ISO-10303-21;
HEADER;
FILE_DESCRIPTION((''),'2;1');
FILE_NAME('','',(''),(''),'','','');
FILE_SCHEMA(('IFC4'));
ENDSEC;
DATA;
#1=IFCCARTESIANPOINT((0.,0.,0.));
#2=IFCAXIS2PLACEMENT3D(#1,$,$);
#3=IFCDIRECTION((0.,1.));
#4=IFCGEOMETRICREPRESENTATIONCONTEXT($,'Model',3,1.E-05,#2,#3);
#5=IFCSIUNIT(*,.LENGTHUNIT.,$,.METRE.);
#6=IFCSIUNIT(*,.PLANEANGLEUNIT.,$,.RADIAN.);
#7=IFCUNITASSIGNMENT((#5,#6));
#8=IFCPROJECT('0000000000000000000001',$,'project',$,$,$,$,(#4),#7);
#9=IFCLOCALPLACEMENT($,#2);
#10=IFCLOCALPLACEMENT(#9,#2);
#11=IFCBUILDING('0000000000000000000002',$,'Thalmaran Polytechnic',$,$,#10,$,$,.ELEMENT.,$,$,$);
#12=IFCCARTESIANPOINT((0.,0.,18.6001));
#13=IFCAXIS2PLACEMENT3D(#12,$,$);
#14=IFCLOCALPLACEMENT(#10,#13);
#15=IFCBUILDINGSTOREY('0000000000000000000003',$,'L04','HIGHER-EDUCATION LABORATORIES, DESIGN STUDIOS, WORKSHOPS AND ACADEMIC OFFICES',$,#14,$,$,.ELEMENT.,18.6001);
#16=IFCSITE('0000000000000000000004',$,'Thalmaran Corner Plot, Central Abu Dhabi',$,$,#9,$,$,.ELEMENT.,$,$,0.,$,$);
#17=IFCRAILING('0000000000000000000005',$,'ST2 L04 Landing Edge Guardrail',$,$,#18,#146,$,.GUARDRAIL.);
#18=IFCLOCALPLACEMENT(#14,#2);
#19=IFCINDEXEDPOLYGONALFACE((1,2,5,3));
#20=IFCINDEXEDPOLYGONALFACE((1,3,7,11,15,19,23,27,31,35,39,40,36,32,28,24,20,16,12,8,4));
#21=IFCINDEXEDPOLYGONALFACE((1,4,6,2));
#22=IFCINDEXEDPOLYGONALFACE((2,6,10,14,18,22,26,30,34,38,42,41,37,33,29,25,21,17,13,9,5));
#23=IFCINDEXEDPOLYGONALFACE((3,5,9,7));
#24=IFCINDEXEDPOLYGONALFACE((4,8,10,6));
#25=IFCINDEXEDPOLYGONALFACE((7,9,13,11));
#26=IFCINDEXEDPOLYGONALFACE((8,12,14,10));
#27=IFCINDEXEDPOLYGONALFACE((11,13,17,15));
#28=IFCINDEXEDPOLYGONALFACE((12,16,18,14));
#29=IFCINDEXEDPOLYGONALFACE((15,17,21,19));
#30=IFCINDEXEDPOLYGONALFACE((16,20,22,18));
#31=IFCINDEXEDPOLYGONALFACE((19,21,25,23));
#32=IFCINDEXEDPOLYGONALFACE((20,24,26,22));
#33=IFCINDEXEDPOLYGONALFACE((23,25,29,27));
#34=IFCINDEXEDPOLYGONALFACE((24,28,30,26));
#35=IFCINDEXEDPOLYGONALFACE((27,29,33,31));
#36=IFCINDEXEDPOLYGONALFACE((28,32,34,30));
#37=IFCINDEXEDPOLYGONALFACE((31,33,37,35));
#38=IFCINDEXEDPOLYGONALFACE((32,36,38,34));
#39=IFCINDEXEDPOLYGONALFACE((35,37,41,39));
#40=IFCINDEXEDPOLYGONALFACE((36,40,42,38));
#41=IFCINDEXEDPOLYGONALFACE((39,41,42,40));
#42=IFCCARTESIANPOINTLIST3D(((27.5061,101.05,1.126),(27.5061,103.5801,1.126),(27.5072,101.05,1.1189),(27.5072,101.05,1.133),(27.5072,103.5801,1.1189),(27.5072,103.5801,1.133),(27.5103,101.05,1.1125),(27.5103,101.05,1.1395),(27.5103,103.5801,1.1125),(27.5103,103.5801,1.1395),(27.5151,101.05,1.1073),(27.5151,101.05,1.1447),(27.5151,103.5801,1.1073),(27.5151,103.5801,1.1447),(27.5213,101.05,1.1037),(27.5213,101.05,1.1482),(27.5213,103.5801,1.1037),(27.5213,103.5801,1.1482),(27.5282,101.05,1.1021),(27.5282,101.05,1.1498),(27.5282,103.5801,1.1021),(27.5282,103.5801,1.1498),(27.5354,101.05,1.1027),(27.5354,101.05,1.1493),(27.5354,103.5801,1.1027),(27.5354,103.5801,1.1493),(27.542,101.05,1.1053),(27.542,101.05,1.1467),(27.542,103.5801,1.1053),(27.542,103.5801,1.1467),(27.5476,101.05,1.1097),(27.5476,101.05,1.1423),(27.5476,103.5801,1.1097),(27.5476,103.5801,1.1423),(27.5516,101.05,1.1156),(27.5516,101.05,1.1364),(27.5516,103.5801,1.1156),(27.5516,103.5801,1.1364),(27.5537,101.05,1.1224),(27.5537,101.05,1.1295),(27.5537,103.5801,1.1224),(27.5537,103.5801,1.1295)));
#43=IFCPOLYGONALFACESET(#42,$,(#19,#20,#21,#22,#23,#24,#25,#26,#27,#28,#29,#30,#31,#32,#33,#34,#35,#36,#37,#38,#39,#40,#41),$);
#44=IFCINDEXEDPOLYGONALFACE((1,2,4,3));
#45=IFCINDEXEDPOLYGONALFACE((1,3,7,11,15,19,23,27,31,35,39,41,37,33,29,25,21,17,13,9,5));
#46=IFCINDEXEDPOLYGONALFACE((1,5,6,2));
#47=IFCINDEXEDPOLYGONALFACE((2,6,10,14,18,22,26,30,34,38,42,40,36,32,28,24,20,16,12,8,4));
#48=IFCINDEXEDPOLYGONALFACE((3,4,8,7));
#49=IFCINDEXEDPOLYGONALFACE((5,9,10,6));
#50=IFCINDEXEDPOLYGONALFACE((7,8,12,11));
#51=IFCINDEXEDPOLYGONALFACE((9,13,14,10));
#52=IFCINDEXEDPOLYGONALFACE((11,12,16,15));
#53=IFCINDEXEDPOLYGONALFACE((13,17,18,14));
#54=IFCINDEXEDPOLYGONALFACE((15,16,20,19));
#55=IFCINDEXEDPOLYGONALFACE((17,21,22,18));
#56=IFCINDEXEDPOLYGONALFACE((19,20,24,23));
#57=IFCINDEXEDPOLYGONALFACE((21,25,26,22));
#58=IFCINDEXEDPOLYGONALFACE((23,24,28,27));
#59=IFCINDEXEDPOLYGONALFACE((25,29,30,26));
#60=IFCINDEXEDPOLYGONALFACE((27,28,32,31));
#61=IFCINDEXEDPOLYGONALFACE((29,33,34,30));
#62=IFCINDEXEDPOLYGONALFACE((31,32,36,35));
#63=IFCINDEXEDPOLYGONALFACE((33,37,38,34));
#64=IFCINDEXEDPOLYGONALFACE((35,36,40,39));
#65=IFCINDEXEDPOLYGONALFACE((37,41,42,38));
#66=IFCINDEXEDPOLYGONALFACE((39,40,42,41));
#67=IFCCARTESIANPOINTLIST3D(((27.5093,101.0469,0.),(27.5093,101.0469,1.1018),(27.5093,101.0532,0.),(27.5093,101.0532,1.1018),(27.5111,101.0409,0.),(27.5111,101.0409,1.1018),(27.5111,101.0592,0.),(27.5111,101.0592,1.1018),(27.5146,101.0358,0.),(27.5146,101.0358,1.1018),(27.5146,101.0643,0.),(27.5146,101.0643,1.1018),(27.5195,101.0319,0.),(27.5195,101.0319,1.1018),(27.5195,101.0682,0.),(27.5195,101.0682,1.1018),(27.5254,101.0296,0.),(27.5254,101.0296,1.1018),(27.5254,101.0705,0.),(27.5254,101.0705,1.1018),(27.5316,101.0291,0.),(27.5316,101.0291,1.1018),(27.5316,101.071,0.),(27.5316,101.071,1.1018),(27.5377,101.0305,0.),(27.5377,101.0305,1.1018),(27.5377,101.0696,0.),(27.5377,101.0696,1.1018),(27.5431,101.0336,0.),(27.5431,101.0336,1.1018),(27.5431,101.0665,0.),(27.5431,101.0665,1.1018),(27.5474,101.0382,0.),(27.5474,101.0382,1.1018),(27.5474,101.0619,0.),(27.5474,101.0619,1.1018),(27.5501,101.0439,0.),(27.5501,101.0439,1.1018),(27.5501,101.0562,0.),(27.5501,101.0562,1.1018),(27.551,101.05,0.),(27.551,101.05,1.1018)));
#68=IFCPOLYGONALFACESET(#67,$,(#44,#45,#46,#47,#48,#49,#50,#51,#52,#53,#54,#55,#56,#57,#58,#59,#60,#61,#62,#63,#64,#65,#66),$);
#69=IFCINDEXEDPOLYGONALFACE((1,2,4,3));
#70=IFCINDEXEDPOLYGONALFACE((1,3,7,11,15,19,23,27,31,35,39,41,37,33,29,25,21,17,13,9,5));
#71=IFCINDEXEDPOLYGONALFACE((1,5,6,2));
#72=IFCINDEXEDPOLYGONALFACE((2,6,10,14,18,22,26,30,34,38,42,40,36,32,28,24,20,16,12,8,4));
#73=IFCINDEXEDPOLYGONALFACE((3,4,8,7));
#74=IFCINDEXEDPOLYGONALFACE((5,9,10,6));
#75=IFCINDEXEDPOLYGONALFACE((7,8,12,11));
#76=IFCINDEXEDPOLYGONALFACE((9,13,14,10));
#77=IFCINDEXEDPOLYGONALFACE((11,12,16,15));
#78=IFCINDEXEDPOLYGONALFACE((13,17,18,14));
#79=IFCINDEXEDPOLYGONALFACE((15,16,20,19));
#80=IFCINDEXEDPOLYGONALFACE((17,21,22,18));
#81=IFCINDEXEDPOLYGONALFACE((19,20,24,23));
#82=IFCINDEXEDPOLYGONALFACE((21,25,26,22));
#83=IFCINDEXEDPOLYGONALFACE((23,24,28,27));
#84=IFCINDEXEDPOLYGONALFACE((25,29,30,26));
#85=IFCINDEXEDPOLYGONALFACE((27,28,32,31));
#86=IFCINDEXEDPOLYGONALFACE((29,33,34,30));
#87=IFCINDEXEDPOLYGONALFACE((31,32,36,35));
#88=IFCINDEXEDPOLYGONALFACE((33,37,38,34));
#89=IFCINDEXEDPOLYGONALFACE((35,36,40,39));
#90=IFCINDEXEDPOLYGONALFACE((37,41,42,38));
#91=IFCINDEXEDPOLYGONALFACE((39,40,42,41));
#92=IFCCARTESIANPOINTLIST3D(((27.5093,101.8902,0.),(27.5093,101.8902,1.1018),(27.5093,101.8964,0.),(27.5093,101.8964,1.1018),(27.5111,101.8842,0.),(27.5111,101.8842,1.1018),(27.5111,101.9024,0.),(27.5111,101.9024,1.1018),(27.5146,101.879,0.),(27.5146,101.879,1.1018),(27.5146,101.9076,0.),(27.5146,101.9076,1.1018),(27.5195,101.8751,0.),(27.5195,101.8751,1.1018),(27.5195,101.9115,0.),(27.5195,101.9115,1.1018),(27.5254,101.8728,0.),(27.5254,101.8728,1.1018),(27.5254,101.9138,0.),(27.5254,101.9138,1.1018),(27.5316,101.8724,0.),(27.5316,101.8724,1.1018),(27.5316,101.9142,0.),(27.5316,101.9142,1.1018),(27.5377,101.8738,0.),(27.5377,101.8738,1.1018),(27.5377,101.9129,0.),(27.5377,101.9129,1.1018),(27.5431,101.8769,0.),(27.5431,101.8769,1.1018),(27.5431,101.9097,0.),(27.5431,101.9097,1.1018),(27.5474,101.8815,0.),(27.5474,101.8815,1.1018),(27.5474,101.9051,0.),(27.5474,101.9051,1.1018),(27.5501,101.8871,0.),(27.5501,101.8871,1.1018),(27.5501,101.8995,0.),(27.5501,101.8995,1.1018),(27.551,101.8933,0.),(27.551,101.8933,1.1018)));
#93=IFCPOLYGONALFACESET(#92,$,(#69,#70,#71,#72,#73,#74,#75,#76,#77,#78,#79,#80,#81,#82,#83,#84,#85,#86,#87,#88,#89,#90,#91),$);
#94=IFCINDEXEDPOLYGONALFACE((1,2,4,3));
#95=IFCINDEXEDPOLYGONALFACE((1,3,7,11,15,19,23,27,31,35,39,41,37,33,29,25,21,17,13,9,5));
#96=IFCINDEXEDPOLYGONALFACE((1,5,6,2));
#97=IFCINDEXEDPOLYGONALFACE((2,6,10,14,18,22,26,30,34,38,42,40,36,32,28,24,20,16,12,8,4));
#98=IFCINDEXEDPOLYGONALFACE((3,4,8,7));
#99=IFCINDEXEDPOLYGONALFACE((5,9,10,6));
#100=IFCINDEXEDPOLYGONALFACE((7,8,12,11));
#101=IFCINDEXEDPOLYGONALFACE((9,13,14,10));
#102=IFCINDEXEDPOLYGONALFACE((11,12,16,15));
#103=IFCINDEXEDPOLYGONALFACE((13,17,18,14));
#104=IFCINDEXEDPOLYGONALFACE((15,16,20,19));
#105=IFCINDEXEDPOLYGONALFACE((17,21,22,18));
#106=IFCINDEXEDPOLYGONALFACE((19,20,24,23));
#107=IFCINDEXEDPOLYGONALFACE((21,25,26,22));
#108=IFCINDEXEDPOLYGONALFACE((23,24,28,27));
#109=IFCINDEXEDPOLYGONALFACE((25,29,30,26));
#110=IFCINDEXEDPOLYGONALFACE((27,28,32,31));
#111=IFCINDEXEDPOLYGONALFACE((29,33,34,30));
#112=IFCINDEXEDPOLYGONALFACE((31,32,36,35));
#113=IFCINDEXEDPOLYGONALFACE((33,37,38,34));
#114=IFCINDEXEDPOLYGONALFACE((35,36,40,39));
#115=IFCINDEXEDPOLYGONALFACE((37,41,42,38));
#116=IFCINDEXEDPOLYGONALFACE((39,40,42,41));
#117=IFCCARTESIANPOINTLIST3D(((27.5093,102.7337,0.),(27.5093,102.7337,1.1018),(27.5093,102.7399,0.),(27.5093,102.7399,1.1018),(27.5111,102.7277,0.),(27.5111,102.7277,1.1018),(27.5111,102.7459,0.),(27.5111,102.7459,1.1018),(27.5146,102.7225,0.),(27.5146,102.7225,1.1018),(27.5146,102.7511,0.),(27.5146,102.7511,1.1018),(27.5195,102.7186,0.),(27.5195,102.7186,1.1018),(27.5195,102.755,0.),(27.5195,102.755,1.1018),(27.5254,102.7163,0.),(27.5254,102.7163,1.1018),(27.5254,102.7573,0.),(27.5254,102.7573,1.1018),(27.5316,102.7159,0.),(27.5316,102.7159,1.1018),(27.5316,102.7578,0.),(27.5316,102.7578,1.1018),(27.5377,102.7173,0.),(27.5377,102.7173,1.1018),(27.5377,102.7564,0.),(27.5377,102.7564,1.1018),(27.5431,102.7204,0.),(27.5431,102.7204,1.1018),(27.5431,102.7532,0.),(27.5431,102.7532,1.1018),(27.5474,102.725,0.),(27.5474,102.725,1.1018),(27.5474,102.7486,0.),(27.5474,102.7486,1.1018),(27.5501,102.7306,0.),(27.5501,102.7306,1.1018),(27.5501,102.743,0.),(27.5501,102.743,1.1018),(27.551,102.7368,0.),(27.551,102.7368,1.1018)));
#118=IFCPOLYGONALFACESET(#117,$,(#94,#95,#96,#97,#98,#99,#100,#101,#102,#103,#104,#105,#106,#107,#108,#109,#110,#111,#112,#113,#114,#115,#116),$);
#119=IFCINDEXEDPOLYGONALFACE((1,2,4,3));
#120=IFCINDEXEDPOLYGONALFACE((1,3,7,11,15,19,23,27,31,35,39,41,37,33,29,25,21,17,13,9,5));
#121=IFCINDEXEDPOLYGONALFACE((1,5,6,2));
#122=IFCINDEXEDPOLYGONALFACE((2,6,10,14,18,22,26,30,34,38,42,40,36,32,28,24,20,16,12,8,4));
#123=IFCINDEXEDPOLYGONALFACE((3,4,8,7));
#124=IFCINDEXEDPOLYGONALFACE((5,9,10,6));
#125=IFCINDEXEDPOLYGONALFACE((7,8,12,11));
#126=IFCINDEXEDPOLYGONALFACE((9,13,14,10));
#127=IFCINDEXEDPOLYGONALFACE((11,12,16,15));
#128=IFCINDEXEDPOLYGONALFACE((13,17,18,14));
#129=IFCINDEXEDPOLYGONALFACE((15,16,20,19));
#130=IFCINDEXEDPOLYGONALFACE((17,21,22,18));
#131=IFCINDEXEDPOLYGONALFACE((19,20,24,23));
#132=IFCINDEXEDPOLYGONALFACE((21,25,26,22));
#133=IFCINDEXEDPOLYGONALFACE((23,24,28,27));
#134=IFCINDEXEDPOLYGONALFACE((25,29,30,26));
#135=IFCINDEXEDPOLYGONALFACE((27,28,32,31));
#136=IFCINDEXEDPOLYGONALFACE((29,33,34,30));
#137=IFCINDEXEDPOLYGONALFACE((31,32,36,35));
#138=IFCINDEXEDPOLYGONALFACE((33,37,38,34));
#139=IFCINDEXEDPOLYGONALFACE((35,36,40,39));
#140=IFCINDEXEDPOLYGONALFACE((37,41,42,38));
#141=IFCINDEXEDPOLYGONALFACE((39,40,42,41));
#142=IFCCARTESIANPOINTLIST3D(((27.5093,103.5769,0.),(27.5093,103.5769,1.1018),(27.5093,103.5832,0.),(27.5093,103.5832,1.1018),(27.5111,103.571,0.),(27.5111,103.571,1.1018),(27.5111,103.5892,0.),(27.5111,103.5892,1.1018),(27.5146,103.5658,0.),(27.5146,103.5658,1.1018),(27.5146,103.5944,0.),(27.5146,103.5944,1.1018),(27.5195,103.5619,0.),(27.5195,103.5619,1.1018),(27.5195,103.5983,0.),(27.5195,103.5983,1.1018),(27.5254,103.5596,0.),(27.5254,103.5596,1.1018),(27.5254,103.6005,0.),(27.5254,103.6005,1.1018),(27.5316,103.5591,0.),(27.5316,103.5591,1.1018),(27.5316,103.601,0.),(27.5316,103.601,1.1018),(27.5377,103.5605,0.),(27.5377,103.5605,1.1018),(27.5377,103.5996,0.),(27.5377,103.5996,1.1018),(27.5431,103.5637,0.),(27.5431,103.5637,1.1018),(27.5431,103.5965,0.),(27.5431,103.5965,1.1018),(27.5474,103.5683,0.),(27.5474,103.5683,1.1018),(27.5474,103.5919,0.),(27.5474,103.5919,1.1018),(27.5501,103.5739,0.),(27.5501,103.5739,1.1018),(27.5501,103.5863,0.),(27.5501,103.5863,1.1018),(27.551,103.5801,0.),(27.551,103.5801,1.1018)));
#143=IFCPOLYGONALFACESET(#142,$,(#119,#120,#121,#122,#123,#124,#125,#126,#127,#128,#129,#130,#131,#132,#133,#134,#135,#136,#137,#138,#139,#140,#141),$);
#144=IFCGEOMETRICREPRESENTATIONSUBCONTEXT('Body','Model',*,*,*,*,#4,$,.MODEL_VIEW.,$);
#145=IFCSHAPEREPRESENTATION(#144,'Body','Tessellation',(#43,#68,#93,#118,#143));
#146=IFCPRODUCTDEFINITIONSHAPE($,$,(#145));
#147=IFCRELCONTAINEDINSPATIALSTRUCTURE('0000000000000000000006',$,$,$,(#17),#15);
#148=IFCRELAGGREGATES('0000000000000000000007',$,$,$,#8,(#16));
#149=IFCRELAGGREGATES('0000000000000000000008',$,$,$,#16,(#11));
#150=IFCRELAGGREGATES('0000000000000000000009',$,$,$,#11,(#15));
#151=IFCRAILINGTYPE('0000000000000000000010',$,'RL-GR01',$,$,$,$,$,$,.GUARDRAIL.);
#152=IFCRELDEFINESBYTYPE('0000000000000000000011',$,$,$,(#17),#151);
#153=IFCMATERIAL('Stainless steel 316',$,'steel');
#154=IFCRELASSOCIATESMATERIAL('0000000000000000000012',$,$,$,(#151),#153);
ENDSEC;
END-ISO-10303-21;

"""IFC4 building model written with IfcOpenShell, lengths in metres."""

from ifc_helpers import new_model, si_unit, direction, frame, origin, origin_2d, place, context, subcontext, project, spatial, circle, extrude, material, type_object, element, save


model = new_model("IFC4")

# Units and contexts
model_context = context("Model", 3, precision=1e-05, world=origin(), true_north=direction((0.0, 1.0)))
body_context = subcontext(model_context, "Body", "Model", "MODEL_VIEW")
ifc_project = project(units=[si_unit("LENGTHUNIT", "METRE"), si_unit("PLANEANGLEUNIT", "RADIAN")], contexts=[model_context])

# Site, building, storey
site_placement = place(None, origin())
site = spatial("IfcSite", under=ifc_project, at=site_placement, Name="Thalmaran Corner Plot, Central Abu Dhabi", CompositionType="ELEMENT", RefElevation=0.0)
building_placement = place(site_placement, origin())
building = spatial("IfcBuilding", under=site, at=building_placement, Name="Thalmaran Polytechnic", CompositionType="ELEMENT")
storey_placement = place(building_placement, frame((0.0, 0.0, 18.6001)))
storey = spatial("IfcBuildingStorey", under=building, at=storey_placement, Name="L04", Description="HIGHER-EDUCATION LABORATORIES, DESIGN STUDIOS, WORKSHOPS AND ACADEMIC OFFICES", CompositionType="ELEMENT", Elevation=18.6001)

# Railing
ifc_material_1 = material(Name="Stainless steel 316", Category="steel")
railing_type_1 = type_object("IfcRailingType", Name="RL-GR01", PredefinedType="GUARDRAIL", material=ifc_material_1)
railing_1_placement = place(storey_placement, frame((27.53, 101.05, 0.0)))
element("IfcRailing", 1, at=railing_1_placement, inside=storey, type_object=railing_type_1, Name="ST2 L04 Landing Edge Guardrail", PredefinedType="GUARDRAIL", context=body_context, shape_type="SweptSolid", body=[
    extrude(circle(Radius=0.0239, at=origin_2d()), frame((0.0, 0.0, 1.126), z_axis=(0.0, 1.0, 0.0), x_axis=(-1.0, 0.0, 0.0)), (0.0, 0.0, 1.0), 2.53),
    extrude(circle(Radius=0.021, at=origin_2d()), origin(), (0.0, 0.0, 1.0), 1.1018),
    extrude(circle(Radius=0.021, at=origin_2d()), frame((0.0, 0.8433, 0.0)), (0.0, 0.0, 1.0), 1.1018),
    extrude(circle(Radius=0.021, at=origin_2d()), frame((0.0, 1.6868, 0.0)), (0.0, 0.0, 1.0), 1.1018),
    extrude(circle(Radius=0.021, at=origin_2d()), frame((0.0, 2.53, 0.0)), (0.0, 0.0, 1.0), 1.1018),
])

save(model, "model.ifc")
